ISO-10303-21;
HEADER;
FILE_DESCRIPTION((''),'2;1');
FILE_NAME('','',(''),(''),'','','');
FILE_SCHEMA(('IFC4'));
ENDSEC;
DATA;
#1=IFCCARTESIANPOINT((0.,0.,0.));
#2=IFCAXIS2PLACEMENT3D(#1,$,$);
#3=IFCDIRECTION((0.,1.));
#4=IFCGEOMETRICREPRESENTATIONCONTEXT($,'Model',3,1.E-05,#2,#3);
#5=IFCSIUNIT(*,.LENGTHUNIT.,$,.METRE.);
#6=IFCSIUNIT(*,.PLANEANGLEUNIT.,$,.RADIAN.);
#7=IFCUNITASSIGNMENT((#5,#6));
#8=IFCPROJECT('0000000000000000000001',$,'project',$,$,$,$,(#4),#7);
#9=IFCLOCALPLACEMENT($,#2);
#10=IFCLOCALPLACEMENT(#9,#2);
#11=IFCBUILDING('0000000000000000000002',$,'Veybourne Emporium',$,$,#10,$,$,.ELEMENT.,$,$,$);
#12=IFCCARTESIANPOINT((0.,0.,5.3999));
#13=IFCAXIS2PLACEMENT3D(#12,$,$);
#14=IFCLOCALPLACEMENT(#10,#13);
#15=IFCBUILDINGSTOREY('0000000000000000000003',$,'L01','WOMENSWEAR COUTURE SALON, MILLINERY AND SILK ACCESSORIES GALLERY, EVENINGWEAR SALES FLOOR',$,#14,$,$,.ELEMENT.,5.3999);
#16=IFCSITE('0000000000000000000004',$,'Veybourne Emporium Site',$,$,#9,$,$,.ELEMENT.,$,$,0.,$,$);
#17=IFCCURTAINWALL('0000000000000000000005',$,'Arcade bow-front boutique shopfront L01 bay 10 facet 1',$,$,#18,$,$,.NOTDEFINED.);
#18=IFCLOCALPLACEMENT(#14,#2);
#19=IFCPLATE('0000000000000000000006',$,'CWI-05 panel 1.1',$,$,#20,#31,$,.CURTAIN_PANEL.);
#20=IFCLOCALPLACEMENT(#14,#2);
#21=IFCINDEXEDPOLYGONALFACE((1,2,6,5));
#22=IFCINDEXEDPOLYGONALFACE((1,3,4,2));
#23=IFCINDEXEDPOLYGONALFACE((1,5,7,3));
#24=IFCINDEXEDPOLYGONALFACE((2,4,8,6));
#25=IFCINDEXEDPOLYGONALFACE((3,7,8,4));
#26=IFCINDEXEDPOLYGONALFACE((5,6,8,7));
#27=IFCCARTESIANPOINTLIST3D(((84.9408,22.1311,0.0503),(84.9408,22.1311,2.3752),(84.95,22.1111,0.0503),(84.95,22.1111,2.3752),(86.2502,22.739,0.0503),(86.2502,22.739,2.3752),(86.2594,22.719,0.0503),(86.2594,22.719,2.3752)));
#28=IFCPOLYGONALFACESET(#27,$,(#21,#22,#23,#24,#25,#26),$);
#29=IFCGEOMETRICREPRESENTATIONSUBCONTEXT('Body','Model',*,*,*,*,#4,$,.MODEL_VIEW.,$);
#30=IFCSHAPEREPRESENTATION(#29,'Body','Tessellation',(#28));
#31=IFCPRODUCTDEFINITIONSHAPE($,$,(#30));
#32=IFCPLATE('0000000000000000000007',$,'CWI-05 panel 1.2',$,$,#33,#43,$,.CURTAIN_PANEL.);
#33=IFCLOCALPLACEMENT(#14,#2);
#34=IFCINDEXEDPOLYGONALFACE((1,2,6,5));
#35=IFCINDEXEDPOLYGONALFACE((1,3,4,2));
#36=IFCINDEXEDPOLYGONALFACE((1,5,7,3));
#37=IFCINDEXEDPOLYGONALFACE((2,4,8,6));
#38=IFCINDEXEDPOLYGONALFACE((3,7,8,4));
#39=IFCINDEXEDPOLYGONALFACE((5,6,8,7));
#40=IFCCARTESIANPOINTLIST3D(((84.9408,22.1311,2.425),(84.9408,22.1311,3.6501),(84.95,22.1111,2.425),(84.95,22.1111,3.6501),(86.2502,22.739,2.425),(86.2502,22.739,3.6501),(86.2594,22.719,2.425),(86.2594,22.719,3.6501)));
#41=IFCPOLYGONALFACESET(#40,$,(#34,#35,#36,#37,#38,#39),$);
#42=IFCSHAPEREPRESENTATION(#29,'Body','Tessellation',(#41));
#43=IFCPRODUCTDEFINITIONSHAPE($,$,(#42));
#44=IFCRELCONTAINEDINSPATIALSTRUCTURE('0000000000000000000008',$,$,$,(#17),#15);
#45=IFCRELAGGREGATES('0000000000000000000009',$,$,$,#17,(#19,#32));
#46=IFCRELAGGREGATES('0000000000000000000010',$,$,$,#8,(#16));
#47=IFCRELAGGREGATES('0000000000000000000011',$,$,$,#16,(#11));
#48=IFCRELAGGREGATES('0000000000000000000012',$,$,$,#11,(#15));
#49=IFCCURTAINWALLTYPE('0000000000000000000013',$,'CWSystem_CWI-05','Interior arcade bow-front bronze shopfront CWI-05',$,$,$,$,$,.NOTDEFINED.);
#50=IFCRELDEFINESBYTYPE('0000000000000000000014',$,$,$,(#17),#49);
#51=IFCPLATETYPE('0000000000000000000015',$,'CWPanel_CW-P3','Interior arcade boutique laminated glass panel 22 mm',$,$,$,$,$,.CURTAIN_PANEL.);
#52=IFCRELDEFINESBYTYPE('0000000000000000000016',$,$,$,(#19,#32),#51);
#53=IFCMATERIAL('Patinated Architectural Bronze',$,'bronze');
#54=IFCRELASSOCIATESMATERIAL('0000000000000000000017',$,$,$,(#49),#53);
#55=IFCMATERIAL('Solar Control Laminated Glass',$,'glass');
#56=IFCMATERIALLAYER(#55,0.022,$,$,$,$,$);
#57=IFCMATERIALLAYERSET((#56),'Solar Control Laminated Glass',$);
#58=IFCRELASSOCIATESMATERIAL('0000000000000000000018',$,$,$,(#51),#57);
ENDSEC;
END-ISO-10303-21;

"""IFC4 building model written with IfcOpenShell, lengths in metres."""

from ifc_helpers import new_model, si_unit, direction, frame, origin, origin_2d, place, context, subcontext, project, spatial, rectangle, extrude, material, layer, layer_set, type_object, element, aggregate, save


model = new_model("IFC4")

# Units and contexts
model_context = context("Model", 3, precision=1e-05, world=origin(), true_north=direction((0.0, 1.0)))
body_context = subcontext(model_context, "Body", "Model", "MODEL_VIEW")
ifc_project = project(units=[si_unit("LENGTHUNIT", "METRE"), si_unit("PLANEANGLEUNIT", "RADIAN")], contexts=[model_context])

# Site, building, storey
site_placement = place(None, origin())
site = spatial("IfcSite", under=ifc_project, at=site_placement, Name="Veybourne Emporium Site", CompositionType="ELEMENT", RefElevation=0.0)
building_placement = place(site_placement, origin())
building = spatial("IfcBuilding", under=site, at=building_placement, Name="Veybourne Emporium", CompositionType="ELEMENT")
storey_placement = place(building_placement, frame((0.0, 0.0, 5.3999)))
storey = spatial("IfcBuildingStorey", under=building, at=storey_placement, Name="L01", Description="WOMENSWEAR COUTURE SALON, MILLINERY AND SILK ACCESSORIES GALLERY, EVENINGWEAR SALES FLOOR", CompositionType="ELEMENT", Elevation=5.3999)

# Shared definitions
ifc_material_1 = material(Name="Patinated Architectural Bronze", Category="bronze")
curtain_wall_type_1 = type_object("IfcCurtainWallType", Name="CWSystem_CWI-05", Description="Interior arcade bow-front bronze shopfront CWI-05", PredefinedType="NOTDEFINED", material=ifc_material_1)

# Curtain wall
curtain_wall_1_placement = place(storey_placement, origin())
curtain_wall_1 = element("IfcCurtainWall", 1, at=curtain_wall_1_placement, inside=storey, type_object=curtain_wall_type_1, Name="Arcade bow-front boutique shopfront L01 bay 10 facet 1", PredefinedType="NOTDEFINED")

# Plates
ifc_material_2 = material(Name="Solar Control Laminated Glass", Category="glass")
ifc_layer = layer(ifc_material_2, 0.022)
ifc_layer_set = layer_set([ifc_layer], Name="Solar Control Laminated Glass")
plate_type = type_object("IfcPlateType", Name="CWPanel_CW-P3", Description="Interior arcade boutique laminated glass panel 22 mm", PredefinedType="CURTAIN_PANEL", material=ifc_layer_set)
plate_1_placement = place(storey_placement, frame((85.6001, 22.425, 0.0503), z_axis=(0.0, 0.0, 1.0), x_axis=(0.907009, 0.421111, 0.0)))
plate_1 = element("IfcPlate", 2, at=plate_1_placement, type_object=plate_type, Name="CWI-05 panel 1.1", PredefinedType="CURTAIN_PANEL", context=body_context, shape_type="SweptSolid", body=[
    extrude(rectangle(XDim=1.4436, YDim=0.022, at=origin_2d()), origin(), (0.0, 0.0, 1.0), 2.325),
])
plate_2_placement = place(storey_placement, frame((85.6001, 22.425, 2.425), z_axis=(0.0, 0.0, 1.0), x_axis=(0.907009, 0.421111, 0.0)))
plate_2 = element("IfcPlate", 3, at=plate_2_placement, type_object=plate_type, Name="CWI-05 panel 1.2", PredefinedType="CURTAIN_PANEL", context=body_context, shape_type="SweptSolid", body=[
    extrude(rectangle(XDim=1.4436, YDim=0.022, at=origin_2d()), origin(), (0.0, 0.0, 1.0), 1.2251),
])
aggregate(curtain_wall_1, [plate_1, plate_2])

save(model, "model.ifc")
